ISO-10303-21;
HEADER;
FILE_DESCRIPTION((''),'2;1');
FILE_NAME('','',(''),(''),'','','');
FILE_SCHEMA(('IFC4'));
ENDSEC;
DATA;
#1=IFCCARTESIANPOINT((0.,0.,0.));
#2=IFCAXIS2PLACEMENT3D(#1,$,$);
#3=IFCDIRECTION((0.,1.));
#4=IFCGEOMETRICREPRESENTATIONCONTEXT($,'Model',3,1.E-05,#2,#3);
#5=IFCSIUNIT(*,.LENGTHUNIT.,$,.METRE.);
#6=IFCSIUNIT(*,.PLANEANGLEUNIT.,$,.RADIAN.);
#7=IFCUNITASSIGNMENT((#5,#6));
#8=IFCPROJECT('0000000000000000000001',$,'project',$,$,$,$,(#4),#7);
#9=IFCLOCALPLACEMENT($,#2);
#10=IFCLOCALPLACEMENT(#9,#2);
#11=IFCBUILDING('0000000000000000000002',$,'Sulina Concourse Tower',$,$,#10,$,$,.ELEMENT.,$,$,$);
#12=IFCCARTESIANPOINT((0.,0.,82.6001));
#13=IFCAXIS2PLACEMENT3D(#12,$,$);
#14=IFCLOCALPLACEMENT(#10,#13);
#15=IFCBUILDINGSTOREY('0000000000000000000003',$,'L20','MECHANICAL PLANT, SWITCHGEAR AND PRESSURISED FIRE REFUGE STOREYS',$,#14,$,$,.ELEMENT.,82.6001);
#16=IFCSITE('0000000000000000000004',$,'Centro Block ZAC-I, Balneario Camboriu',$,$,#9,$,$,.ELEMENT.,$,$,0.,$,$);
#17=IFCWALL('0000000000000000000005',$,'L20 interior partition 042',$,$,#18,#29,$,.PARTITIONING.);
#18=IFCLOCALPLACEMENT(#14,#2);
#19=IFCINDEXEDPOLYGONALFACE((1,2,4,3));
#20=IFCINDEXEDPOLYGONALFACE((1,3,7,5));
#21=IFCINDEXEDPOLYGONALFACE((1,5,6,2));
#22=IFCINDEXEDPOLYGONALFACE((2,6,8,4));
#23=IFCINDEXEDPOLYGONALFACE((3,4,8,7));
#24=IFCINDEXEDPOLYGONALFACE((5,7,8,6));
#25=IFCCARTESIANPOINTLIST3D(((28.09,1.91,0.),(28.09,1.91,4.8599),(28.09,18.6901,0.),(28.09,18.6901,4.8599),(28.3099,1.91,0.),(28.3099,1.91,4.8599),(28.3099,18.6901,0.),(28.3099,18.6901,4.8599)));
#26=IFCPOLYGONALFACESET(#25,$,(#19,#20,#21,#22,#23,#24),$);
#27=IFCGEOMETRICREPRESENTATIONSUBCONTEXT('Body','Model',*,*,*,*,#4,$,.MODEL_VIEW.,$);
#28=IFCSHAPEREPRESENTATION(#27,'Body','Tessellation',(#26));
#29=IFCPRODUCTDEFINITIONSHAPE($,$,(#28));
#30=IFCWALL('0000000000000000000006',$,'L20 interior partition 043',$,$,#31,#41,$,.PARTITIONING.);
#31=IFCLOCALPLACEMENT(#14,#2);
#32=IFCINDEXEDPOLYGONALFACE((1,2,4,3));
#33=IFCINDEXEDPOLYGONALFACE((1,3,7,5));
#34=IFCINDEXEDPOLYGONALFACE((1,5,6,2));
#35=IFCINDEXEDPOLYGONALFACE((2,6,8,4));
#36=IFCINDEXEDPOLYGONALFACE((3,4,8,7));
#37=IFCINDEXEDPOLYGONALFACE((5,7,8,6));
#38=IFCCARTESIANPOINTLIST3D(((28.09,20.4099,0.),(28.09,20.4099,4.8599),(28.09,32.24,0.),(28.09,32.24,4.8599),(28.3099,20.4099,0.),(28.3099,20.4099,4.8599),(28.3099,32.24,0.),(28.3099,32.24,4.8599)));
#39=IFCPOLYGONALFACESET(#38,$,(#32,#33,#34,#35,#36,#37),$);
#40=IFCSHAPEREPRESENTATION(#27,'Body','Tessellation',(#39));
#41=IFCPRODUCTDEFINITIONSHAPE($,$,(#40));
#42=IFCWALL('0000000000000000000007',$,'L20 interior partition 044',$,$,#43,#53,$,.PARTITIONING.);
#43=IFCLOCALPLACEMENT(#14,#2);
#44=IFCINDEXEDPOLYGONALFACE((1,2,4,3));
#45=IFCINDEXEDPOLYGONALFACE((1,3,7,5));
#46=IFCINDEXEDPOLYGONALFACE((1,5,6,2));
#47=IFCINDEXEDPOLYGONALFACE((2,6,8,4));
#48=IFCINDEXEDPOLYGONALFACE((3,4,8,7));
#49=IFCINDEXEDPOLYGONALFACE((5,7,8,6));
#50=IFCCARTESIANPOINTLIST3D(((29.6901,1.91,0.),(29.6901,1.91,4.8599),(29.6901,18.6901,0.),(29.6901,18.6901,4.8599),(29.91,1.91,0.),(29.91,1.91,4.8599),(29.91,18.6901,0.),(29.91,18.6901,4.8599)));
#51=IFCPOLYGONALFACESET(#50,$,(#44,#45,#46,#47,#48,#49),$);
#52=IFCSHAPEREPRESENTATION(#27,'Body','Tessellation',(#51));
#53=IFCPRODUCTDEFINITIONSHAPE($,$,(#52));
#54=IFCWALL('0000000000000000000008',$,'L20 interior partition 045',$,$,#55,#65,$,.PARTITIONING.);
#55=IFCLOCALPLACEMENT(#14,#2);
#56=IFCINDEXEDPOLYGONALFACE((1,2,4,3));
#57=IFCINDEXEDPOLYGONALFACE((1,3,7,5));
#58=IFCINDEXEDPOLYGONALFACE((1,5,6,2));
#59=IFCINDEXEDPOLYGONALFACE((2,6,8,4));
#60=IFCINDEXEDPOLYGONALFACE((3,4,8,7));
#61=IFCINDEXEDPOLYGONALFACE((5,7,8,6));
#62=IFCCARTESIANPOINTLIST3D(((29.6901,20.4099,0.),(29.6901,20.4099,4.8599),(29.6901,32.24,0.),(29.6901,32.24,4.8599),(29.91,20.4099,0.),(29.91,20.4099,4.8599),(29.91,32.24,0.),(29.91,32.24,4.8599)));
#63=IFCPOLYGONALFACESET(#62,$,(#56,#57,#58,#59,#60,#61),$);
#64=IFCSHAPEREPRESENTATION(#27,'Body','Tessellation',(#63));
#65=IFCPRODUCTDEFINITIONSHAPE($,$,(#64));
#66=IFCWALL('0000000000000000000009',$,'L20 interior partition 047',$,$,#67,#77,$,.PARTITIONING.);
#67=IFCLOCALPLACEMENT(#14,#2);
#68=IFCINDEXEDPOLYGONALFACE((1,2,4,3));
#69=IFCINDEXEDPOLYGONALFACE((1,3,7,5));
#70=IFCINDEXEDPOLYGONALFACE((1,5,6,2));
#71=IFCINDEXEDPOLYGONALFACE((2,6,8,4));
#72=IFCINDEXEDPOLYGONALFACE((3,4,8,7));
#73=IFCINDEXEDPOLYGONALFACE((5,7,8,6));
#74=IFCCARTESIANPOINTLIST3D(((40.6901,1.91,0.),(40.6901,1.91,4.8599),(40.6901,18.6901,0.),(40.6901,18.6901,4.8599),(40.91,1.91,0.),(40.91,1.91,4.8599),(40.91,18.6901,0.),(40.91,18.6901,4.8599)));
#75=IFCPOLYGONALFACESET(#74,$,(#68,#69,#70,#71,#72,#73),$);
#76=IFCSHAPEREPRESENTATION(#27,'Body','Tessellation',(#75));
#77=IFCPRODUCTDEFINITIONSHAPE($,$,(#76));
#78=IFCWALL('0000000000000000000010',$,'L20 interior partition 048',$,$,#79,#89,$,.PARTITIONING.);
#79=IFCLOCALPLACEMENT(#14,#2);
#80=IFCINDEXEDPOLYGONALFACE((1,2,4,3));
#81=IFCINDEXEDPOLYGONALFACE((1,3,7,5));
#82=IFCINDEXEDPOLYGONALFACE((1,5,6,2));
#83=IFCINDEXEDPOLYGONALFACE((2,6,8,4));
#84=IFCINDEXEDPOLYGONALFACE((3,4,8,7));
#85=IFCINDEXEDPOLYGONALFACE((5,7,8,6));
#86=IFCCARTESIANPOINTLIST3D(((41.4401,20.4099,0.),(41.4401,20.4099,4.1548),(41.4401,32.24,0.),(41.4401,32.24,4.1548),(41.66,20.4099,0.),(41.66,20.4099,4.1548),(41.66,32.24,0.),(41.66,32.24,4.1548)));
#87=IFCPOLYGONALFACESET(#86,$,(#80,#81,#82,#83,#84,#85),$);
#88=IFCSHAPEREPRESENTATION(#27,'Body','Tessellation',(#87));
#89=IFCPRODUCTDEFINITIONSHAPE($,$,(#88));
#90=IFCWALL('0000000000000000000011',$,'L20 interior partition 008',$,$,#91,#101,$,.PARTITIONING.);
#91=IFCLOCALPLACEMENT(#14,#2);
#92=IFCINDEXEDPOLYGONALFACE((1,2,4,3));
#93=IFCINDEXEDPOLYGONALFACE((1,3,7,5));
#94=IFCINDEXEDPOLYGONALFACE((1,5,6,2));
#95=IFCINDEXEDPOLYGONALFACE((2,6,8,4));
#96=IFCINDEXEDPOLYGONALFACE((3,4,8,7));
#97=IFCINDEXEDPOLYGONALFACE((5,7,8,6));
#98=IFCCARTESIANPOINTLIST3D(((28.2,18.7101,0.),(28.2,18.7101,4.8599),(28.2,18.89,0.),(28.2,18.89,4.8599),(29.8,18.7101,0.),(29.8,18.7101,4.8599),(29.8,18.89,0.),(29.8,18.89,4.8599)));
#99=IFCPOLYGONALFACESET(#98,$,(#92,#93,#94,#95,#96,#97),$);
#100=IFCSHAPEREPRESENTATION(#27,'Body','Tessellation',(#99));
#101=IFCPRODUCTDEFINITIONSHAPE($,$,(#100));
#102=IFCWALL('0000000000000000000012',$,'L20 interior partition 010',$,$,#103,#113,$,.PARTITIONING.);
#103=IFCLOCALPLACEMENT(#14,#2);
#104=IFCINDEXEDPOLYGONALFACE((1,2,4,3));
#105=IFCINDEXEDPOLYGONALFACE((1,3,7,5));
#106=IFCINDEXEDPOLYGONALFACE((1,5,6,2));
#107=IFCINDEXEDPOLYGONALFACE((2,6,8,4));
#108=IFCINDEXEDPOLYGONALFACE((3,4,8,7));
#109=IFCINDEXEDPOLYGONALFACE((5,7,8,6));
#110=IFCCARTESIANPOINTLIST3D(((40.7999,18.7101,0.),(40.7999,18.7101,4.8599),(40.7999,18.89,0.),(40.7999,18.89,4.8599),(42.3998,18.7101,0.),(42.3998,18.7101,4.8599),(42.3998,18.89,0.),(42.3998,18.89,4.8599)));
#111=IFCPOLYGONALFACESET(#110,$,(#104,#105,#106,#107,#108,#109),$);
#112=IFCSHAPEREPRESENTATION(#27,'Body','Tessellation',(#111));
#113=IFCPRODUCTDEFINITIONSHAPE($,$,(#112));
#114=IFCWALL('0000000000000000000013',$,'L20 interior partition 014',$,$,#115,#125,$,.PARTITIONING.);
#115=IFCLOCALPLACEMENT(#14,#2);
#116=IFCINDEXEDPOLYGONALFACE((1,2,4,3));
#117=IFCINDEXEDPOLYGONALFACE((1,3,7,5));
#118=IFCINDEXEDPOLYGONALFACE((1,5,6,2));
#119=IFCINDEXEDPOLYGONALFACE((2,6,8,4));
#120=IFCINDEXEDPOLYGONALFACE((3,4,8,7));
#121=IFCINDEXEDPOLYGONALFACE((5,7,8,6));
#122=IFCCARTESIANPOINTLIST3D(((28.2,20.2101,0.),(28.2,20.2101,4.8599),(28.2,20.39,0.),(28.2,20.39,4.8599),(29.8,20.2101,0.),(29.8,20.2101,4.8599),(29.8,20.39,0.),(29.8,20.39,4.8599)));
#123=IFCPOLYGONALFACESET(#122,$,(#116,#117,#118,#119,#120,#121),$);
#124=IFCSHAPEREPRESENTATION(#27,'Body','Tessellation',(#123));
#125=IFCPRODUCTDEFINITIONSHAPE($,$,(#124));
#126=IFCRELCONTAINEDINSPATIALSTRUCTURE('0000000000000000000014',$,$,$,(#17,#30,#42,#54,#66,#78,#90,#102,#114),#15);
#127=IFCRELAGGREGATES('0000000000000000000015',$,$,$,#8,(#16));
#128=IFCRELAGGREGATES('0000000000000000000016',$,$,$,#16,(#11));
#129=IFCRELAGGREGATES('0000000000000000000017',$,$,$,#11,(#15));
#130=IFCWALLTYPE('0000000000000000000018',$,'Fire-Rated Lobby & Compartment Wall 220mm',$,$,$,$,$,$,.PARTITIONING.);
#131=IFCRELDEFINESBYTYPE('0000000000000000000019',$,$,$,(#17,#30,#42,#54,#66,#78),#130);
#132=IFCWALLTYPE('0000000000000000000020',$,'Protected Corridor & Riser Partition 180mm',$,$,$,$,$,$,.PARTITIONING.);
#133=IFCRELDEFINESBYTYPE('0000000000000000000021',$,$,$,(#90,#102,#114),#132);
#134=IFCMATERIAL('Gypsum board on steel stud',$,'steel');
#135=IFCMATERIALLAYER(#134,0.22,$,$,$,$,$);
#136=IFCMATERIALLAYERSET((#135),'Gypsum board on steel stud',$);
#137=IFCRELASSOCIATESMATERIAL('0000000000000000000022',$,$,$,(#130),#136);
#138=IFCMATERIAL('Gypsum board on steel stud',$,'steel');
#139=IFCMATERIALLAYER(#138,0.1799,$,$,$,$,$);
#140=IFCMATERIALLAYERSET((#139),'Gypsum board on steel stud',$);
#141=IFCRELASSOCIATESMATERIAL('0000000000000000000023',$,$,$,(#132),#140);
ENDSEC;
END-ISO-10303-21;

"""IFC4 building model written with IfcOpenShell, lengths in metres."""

from ifc_helpers import new_model, si_unit, direction, frame, frame_2d, origin, place, context, subcontext, project, spatial, rectangle, extrude, material, layer, layer_set, type_object, element, save


model = new_model("IFC4")

# Units and contexts
model_context = context("Model", 3, precision=1e-05, world=origin(), true_north=direction((0.0, 1.0)))
body_context = subcontext(model_context, "Body", "Model", "MODEL_VIEW")
ifc_project = project(units=[si_unit("LENGTHUNIT", "METRE"), si_unit("PLANEANGLEUNIT", "RADIAN")], contexts=[model_context])

# Site, building, storey
site_placement = place(None, origin())
site = spatial("IfcSite", under=ifc_project, at=site_placement, Name="Centro Block ZAC-I, Balneario Camboriu", CompositionType="ELEMENT", RefElevation=0.0)
building_placement = place(site_placement, origin())
building = spatial("IfcBuilding", under=site, at=building_placement, Name="Sulina Concourse Tower", CompositionType="ELEMENT")
storey_placement = place(building_placement, frame((0.0, 0.0, 82.6001)))
storey = spatial("IfcBuildingStorey", under=building, at=storey_placement, Name="L20", Description="MECHANICAL PLANT, SWITCHGEAR AND PRESSURISED FIRE REFUGE STOREYS", CompositionType="ELEMENT", Elevation=82.6001)

# Shared definitions
ifc_material_1 = material(Name="Gypsum board on steel stud", Category="steel")
ifc_layer_1 = layer(ifc_material_1, 0.22)
ifc_layer_set_1 = layer_set([ifc_layer_1], Name="Gypsum board on steel stud")
wall_type_1 = type_object("IfcWallType", Name="Fire-Rated Lobby & Compartment Wall 220mm", PredefinedType="PARTITIONING", material=ifc_layer_set_1)

# Walls
wall_1_placement = place(storey_placement, frame((28.2, 1.9099, 0.0), z_axis=(0.0, 0.0, 1.0), x_axis=(0.0, 1.0, 0.0)))
element("IfcWall", 1, at=wall_1_placement, inside=storey, type_object=wall_type_1, Name="L20 interior partition 042", PredefinedType="PARTITIONING", context=body_context, shape_type="SweptSolid", body=[
    extrude(rectangle(XDim=16.78, YDim=0.22, at=frame_2d((8.3901, 0.0))), origin(), (0.0, 0.0, 1.0), 4.8599),
])
wall_2_placement = place(storey_placement, frame((28.2, 20.4099, 0.0), z_axis=(0.0, 0.0, 1.0), x_axis=(0.0, 1.0, 0.0)))
element("IfcWall", 2, at=wall_2_placement, inside=storey, type_object=wall_type_1, Name="L20 interior partition 043", PredefinedType="PARTITIONING", context=body_context, shape_type="SweptSolid", body=[
    extrude(rectangle(XDim=11.8301, YDim=0.22, at=frame_2d((5.915, 0.0))), origin(), (0.0, 0.0, 1.0), 4.8599),
])
wall_3_placement = place(storey_placement, frame((29.8, 1.9099, 0.0), z_axis=(0.0, 0.0, 1.0), x_axis=(0.0, 1.0, 0.0)))
element("IfcWall", 3, at=wall_3_placement, inside=storey, type_object=wall_type_1, Name="L20 interior partition 044", PredefinedType="PARTITIONING", context=body_context, shape_type="SweptSolid", body=[
    extrude(rectangle(XDim=16.78, YDim=0.22, at=frame_2d((8.3901, 0.0))), origin(), (0.0, 0.0, 1.0), 4.8599),
])
wall_4_placement = place(storey_placement, frame((29.8, 20.4099, 0.0), z_axis=(0.0, 0.0, 1.0), x_axis=(0.0, 1.0, 0.0)))
element("IfcWall", 4, at=wall_4_placement, inside=storey, type_object=wall_type_1, Name="L20 interior partition 045", PredefinedType="PARTITIONING", context=body_context, shape_type="SweptSolid", body=[
    extrude(rectangle(XDim=11.8301, YDim=0.22, at=frame_2d((5.915, 0.0))), origin(), (0.0, 0.0, 1.0), 4.8599),
])
wall_5_placement = place(storey_placement, frame((40.8, 1.9099, 0.0), z_axis=(0.0, 0.0, 1.0), x_axis=(0.0, 1.0, 0.0)))
element("IfcWall", 5, at=wall_5_placement, inside=storey, type_object=wall_type_1, Name="L20 interior partition 047", PredefinedType="PARTITIONING", context=body_context, shape_type="SweptSolid", body=[
    extrude(rectangle(XDim=16.78, YDim=0.22, at=frame_2d((8.3901, 0.0))), origin(), (0.0, 0.0, 1.0), 4.8599),
])
wall_6_placement = place(storey_placement, frame((41.55, 20.4099, 0.0), z_axis=(0.0, 0.0, 1.0), x_axis=(0.0, 1.0, 0.0)))
element("IfcWall", 6, at=wall_6_placement, inside=storey, type_object=wall_type_1, Name="L20 interior partition 048", PredefinedType="PARTITIONING", context=body_context, shape_type="SweptSolid", body=[
    extrude(rectangle(XDim=11.8301, YDim=0.22, at=frame_2d((5.915, 0.0))), origin(), (0.0, 0.0, 1.0), 4.1548),
])
ifc_material_2 = material(Name="Gypsum board on steel stud", Category="steel")
ifc_layer_2 = layer(ifc_material_2, 0.1799)
ifc_layer_set_2 = layer_set([ifc_layer_2], Name="Gypsum board on steel stud")
wall_type_2 = type_object("IfcWallType", Name="Protected Corridor & Riser Partition 180mm", PredefinedType="PARTITIONING", material=ifc_layer_set_2)
wall_7_placement = place(storey_placement, frame((28.2, 18.8, 0.0), z_axis=(0.0, 0.0, 1.0), x_axis=(1.0, 0.0, 0.0)))
element("IfcWall", 7, at=wall_7_placement, inside=storey, type_object=wall_type_2, Name="L20 interior partition 008", PredefinedType="PARTITIONING", context=body_context, shape_type="SweptSolid", body=[
    extrude(rectangle(XDim=1.6001, YDim=0.1799, at=frame_2d((0.8, 0.0))), origin(), (0.0, 0.0, 1.0), 4.8599),
])
wall_8_placement = place(storey_placement, frame((40.8, 18.8, 0.0), z_axis=(0.0, 0.0, 1.0), x_axis=(1.0, 0.0, 0.0)))
element("IfcWall", 8, at=wall_8_placement, inside=storey, type_object=wall_type_2, Name="L20 interior partition 010", PredefinedType="PARTITIONING", context=body_context, shape_type="SweptSolid", body=[
    extrude(rectangle(XDim=1.5999, YDim=0.1799, at=frame_2d((0.7998, 0.0))), origin(), (0.0, 0.0, 1.0), 4.8599),
])
wall_9_placement = place(storey_placement, frame((28.2, 20.3, 0.0), z_axis=(0.0, 0.0, 1.0), x_axis=(1.0, 0.0, 0.0)))
element("IfcWall", 9, at=wall_9_placement, inside=storey, type_object=wall_type_2, Name="L20 interior partition 014", PredefinedType="PARTITIONING", context=body_context, shape_type="SweptSolid", body=[
    extrude(rectangle(XDim=1.6001, YDim=0.1799, at=frame_2d((0.8, 0.0))), origin(), (0.0, 0.0, 1.0), 4.8599),
])

save(model, "model.ifc")
